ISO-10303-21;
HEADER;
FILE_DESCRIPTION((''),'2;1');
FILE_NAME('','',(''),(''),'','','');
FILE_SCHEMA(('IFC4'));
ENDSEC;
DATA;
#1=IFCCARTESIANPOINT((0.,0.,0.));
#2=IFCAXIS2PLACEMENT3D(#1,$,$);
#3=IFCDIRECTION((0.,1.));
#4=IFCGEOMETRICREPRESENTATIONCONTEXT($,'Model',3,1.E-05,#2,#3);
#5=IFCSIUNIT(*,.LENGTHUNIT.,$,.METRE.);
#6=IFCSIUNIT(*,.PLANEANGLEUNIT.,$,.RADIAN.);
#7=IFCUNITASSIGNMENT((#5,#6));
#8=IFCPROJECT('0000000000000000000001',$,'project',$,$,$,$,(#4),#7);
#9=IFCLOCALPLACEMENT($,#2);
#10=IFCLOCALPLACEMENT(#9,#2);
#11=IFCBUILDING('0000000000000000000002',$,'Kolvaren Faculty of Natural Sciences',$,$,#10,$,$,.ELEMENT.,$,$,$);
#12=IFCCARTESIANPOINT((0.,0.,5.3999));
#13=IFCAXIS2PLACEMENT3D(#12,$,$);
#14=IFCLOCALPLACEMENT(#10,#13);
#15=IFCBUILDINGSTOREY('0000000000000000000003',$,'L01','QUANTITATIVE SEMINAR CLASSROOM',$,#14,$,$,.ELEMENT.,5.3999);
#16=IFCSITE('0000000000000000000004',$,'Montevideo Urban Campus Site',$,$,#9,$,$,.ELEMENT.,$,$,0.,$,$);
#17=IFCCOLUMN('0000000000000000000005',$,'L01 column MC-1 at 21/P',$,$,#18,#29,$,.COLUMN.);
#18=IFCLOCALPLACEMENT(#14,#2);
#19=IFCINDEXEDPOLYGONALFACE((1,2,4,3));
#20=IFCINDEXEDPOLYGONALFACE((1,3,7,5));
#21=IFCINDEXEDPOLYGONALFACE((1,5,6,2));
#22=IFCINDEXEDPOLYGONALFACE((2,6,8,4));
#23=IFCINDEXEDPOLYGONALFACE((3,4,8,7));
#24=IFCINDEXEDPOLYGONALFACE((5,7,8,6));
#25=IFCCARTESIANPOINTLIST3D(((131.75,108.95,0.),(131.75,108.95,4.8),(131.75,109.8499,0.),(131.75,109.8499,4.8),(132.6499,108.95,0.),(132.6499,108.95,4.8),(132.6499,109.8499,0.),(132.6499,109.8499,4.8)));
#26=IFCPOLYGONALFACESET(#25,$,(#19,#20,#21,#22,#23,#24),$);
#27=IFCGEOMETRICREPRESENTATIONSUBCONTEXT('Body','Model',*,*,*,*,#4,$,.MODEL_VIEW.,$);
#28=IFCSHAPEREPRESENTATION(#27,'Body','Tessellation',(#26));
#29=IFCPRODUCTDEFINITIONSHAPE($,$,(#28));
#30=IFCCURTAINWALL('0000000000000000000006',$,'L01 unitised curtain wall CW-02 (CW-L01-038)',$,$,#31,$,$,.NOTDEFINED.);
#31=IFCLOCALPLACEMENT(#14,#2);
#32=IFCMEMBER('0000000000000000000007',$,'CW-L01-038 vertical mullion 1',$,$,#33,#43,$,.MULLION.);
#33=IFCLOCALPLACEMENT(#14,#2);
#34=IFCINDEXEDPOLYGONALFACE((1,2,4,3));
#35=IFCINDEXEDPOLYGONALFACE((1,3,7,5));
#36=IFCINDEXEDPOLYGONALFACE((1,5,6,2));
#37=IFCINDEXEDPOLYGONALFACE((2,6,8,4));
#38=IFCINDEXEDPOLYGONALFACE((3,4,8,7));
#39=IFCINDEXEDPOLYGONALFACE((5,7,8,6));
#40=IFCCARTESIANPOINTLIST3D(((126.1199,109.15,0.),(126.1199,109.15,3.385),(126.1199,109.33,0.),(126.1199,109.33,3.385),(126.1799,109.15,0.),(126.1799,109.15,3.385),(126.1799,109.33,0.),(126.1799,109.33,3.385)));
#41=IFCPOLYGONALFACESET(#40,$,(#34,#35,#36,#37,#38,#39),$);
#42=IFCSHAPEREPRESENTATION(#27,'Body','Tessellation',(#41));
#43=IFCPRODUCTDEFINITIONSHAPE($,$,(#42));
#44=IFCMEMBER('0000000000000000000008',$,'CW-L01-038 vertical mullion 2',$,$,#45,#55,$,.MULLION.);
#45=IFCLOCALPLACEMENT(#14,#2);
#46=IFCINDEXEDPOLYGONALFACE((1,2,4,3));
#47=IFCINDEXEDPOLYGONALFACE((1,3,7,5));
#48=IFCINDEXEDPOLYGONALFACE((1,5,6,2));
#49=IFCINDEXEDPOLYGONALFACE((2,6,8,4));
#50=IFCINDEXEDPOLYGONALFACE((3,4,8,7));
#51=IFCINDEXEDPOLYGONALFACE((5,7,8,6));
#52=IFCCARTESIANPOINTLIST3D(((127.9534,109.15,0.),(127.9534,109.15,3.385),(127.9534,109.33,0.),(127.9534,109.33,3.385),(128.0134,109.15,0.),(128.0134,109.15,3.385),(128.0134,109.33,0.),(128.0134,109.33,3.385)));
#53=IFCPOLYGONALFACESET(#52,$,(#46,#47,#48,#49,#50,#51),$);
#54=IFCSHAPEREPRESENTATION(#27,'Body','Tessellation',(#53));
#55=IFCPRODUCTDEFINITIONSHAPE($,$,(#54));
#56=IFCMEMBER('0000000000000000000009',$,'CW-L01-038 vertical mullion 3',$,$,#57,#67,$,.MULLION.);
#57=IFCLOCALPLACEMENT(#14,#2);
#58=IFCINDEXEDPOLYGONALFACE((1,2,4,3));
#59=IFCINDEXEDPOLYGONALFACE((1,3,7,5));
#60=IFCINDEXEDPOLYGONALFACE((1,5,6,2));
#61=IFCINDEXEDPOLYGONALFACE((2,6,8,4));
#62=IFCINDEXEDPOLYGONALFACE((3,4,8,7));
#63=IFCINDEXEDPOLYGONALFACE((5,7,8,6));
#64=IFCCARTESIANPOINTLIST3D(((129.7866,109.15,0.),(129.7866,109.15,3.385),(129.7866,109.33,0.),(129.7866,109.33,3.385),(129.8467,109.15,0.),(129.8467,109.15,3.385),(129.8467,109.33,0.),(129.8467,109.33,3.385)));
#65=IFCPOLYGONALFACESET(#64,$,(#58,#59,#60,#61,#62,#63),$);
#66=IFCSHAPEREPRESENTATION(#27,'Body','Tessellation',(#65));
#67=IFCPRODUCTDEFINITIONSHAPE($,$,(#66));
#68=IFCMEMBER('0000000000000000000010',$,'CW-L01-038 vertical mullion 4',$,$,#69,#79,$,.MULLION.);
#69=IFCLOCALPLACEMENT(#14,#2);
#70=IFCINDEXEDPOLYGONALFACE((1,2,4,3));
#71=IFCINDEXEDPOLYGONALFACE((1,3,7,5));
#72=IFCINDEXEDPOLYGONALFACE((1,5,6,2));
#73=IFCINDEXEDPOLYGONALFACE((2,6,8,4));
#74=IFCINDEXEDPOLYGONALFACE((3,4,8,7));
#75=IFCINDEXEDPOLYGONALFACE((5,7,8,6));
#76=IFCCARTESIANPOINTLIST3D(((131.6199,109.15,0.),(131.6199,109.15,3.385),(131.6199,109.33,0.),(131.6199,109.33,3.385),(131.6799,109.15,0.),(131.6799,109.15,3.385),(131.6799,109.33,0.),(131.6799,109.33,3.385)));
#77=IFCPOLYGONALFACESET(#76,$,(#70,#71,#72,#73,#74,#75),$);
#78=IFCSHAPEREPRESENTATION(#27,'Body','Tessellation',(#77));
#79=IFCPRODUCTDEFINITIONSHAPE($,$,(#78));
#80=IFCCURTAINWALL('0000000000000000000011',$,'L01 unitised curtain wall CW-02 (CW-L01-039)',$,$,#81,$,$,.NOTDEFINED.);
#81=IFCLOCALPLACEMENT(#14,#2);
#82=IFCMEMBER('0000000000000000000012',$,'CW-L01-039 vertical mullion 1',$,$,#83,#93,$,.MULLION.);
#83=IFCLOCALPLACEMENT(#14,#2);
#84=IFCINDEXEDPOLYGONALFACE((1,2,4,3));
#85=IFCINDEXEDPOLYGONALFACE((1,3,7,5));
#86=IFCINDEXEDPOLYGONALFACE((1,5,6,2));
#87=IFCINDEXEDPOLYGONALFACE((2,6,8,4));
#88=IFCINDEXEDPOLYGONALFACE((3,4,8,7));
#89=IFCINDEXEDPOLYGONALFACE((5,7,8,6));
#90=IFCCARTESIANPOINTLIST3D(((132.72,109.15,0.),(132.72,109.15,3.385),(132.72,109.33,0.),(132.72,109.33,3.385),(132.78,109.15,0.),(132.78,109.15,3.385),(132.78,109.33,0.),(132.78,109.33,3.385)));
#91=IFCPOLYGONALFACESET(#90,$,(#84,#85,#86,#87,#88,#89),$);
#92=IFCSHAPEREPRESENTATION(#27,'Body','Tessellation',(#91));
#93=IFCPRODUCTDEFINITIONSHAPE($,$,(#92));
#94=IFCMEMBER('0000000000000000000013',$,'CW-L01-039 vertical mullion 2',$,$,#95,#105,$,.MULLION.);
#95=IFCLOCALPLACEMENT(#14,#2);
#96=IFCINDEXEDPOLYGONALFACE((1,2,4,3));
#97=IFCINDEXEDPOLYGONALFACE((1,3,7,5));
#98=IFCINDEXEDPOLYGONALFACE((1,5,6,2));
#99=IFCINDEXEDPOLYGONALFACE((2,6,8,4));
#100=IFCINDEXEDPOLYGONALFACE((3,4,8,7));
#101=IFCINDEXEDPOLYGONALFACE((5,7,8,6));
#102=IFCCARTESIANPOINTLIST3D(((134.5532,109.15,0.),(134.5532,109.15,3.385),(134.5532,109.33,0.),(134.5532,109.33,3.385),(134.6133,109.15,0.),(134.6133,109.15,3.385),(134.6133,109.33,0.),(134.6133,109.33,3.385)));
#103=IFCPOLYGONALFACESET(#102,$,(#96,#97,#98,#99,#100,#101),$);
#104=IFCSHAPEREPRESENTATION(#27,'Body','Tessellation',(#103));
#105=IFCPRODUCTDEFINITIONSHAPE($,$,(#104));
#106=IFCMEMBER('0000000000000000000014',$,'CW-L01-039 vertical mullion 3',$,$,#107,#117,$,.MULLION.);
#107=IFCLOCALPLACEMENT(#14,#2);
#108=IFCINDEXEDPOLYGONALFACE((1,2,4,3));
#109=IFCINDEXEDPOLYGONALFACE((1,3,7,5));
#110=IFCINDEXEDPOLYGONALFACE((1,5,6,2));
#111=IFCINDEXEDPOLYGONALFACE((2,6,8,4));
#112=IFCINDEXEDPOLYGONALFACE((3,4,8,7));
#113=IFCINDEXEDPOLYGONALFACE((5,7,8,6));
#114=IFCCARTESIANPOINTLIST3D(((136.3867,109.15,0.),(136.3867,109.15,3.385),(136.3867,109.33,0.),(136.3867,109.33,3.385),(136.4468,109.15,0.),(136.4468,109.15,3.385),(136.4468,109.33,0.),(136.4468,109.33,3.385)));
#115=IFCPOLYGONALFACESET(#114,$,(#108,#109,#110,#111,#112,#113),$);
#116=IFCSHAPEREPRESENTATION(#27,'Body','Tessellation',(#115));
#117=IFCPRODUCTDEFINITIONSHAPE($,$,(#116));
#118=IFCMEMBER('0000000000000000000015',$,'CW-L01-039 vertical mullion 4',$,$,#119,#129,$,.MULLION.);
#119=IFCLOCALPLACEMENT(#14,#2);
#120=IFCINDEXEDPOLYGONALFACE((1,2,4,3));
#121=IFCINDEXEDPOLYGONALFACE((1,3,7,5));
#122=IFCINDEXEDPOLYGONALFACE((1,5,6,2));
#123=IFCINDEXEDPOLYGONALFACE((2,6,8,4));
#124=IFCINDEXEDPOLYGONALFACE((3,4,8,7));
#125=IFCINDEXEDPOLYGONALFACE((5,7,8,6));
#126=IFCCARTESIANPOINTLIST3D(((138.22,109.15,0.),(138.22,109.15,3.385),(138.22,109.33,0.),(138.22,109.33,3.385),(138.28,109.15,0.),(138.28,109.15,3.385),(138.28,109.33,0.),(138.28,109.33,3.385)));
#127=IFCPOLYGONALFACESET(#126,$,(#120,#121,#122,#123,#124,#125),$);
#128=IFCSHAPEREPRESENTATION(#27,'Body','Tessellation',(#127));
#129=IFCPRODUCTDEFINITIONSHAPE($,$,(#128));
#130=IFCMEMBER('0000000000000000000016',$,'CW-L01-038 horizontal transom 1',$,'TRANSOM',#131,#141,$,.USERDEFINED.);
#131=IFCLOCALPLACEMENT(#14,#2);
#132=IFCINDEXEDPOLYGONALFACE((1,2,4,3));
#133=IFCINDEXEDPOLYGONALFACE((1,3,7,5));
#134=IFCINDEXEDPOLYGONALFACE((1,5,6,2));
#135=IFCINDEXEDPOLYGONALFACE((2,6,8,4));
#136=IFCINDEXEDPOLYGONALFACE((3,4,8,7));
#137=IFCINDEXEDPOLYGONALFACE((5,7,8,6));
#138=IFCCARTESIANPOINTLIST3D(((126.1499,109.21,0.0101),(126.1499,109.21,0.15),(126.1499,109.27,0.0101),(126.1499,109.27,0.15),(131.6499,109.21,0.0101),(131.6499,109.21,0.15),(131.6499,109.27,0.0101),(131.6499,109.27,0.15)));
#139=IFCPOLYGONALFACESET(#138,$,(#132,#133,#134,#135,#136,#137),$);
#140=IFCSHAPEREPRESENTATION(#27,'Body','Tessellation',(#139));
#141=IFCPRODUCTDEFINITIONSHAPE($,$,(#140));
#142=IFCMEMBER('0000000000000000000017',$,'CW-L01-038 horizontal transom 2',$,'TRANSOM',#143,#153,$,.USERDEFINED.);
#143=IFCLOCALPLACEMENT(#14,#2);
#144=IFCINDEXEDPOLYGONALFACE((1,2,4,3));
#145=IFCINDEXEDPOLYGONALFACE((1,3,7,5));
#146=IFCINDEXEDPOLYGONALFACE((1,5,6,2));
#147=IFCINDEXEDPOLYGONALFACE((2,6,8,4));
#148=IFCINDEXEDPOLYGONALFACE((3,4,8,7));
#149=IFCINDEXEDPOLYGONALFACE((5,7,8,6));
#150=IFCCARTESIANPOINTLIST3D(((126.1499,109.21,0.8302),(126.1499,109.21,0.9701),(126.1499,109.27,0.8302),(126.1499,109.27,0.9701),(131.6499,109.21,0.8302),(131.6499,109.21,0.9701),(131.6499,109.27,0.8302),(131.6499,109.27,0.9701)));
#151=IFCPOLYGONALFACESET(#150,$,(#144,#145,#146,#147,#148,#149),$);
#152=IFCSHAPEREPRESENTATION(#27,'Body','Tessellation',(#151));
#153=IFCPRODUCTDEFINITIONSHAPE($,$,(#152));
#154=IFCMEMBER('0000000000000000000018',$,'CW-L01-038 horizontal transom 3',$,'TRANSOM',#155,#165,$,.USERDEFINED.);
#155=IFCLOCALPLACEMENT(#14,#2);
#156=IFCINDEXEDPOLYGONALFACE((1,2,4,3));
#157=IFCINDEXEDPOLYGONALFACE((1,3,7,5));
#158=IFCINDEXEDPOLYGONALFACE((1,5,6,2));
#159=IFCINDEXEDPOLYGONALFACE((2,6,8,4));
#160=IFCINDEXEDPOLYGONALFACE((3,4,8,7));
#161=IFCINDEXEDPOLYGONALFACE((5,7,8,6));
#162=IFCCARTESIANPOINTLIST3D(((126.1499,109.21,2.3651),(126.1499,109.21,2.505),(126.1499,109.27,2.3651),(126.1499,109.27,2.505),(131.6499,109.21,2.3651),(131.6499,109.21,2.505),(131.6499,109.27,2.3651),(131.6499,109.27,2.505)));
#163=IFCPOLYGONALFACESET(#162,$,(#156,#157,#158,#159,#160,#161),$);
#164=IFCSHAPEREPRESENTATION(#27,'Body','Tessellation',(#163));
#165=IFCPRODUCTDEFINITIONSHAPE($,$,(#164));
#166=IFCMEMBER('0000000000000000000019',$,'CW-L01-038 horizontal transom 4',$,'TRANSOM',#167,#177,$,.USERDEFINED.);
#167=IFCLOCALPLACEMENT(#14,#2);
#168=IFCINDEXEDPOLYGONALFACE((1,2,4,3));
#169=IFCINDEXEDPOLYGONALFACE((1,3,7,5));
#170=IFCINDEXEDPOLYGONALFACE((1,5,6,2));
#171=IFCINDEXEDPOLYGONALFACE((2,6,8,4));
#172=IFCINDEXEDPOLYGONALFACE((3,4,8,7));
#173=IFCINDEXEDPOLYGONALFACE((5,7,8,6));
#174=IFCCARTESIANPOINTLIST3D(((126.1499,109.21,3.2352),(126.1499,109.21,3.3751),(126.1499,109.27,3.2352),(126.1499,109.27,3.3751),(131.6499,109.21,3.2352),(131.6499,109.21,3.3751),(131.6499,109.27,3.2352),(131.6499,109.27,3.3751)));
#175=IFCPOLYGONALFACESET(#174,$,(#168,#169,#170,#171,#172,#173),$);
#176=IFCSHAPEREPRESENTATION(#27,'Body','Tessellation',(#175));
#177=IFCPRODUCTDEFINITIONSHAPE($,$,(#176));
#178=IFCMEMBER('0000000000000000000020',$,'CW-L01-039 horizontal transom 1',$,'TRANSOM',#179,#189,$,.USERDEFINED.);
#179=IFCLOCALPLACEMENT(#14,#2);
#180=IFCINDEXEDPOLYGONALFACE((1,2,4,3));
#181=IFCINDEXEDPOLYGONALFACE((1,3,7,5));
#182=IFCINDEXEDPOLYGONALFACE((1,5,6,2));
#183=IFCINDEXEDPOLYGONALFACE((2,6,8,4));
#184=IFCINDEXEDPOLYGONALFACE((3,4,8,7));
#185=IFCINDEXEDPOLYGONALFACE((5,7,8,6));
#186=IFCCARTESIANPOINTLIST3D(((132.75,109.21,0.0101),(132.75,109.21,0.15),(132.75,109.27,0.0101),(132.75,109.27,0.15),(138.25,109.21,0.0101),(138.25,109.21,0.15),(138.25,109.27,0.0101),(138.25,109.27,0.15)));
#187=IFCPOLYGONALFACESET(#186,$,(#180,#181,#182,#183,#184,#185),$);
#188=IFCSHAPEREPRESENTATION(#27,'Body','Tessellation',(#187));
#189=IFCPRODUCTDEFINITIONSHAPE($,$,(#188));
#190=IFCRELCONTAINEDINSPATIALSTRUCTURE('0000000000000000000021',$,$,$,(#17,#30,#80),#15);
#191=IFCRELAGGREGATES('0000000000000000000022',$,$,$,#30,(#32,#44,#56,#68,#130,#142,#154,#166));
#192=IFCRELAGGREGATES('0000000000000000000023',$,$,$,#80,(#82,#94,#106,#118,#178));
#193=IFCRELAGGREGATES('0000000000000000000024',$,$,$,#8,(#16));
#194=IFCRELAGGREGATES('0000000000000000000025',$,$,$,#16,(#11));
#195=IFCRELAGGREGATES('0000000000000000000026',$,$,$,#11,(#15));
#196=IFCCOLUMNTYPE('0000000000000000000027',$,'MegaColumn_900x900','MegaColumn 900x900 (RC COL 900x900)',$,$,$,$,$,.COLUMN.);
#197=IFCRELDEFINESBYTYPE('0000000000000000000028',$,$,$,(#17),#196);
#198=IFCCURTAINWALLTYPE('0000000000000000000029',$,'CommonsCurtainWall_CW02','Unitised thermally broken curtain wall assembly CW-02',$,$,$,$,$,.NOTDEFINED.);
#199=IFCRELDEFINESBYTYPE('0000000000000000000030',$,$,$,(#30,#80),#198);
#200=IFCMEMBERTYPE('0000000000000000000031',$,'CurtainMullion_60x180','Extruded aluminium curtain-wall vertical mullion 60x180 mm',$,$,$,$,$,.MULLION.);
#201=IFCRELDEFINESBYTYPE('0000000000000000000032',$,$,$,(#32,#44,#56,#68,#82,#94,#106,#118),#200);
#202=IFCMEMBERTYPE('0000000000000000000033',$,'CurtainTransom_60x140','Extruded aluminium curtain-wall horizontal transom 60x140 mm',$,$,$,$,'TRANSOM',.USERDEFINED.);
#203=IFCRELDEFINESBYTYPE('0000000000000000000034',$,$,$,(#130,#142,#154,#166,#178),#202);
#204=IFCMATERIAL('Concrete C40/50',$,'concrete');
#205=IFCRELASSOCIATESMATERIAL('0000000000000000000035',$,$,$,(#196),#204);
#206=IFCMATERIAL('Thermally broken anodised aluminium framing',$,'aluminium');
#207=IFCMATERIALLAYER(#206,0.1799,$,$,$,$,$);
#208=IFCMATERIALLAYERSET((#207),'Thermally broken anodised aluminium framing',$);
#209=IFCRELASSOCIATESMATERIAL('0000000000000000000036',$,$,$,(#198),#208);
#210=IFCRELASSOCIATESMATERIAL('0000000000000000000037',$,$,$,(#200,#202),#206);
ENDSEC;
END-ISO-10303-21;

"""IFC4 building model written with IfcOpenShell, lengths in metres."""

from ifc_helpers import new_model, si_unit, direction, frame, origin, origin_2d, place, context, subcontext, project, spatial, rectangle, extrude, material, layer, layer_set, material_profile, profile_set, type_object, element, aggregate, save


model = new_model("IFC4")

# Units and contexts
model_context = context("Model", 3, precision=1e-05, world=origin(), true_north=direction((0.0, 1.0)))
body_context = subcontext(model_context, "Body", "Model", "MODEL_VIEW")
ifc_project = project(units=[si_unit("LENGTHUNIT", "METRE"), si_unit("PLANEANGLEUNIT", "RADIAN")], contexts=[model_context])

# Site, building, storey
site_placement = place(None, origin())
site = spatial("IfcSite", under=ifc_project, at=site_placement, Name="Montevideo Urban Campus Site", CompositionType="ELEMENT", RefElevation=0.0)
building_placement = place(site_placement, origin())
building = spatial("IfcBuilding", under=site, at=building_placement, Name="Kolvaren Faculty of Natural Sciences", CompositionType="ELEMENT")
storey_placement = place(building_placement, frame((0.0, 0.0, 5.3999)))
storey = spatial("IfcBuildingStorey", under=building, at=storey_placement, Name="L01", Description="QUANTITATIVE SEMINAR CLASSROOM", CompositionType="ELEMENT", Elevation=5.3999)

# Column
ifc_material_1 = material(Name="Concrete C40/50", Category="concrete")
ifc_material_profile_1 = material_profile(ifc_material_1, rectangle(XDim=0.8999, YDim=0.8999, at=origin_2d()), Name="RC COL 900x900")
ifc_profile_set_1 = profile_set([ifc_material_profile_1], Name="Concrete C40/50")
column_type = type_object("IfcColumnType", Name="MegaColumn_900x900", Description="MegaColumn 900x900 (RC COL 900x900)", PredefinedType="COLUMN", material=ifc_profile_set_1)
column_placement = place(storey_placement, frame((132.2, 109.3999, 0.0), z_axis=(0.0, 0.0, 1.0), x_axis=(1.0, 0.0, 0.0)))
element("IfcColumn", 1, at=column_placement, inside=storey, type_object=column_type, Name="L01 column MC-1 at 21/P", PredefinedType="COLUMN", context=body_context, shape_type="SweptSolid", body=[
    extrude(rectangle(XDim=0.8999, YDim=0.8999, at=origin_2d()), origin(), (0.0, 0.0, 1.0), 4.8),
])

# Curtain walls, members
ifc_material_2 = material(Name="Thermally broken anodised aluminium framing", Category="aluminium")
ifc_layer_1 = layer(ifc_material_2, 0.1799)
ifc_layer_set_1 = layer_set([ifc_layer_1], Name="Thermally broken anodised aluminium framing")
curtain_wall_type = type_object("IfcCurtainWallType", Name="CommonsCurtainWall_CW02", Description="Unitised thermally broken curtain wall assembly CW-02", PredefinedType="NOTDEFINED", material=ifc_layer_set_1)
curtain_wall_1_placement = place(storey_placement, origin())
curtain_wall_1 = element("IfcCurtainWall", 2, at=curtain_wall_1_placement, inside=storey, type_object=curtain_wall_type, Name="L01 unitised curtain wall CW-02 (CW-L01-038)", PredefinedType="NOTDEFINED")
ifc_material_profile_2 = material_profile(ifc_material_2, rectangle(XDim=0.0601, YDim=0.1799, at=origin_2d()), Name="ALU MUL 60x180")
ifc_profile_set_2 = profile_set([ifc_material_profile_2], Name="Thermally broken anodised aluminium framing")
member_type_1 = type_object("IfcMemberType", Name="CurtainMullion_60x180", Description="Extruded aluminium curtain-wall vertical mullion 60x180 mm", PredefinedType="MULLION", material=ifc_profile_set_2)
member_1_placement = place(storey_placement, frame((126.1499, 109.24, 0.0), z_axis=(0.0, 0.0, 1.0), x_axis=(1.0, 0.0, 0.0)))
member_1 = element("IfcMember", 3, at=member_1_placement, type_object=member_type_1, Name="CW-L01-038 vertical mullion 1", PredefinedType="MULLION", context=body_context, shape_type="SweptSolid", body=[
    extrude(rectangle(XDim=0.0601, YDim=0.1799, at=origin_2d()), origin(), (0.0, 0.0, 1.0), 3.385),
])
member_2_placement = place(storey_placement, frame((127.9834, 109.24, 0.0), z_axis=(0.0, 0.0, 1.0), x_axis=(1.0, 0.0, 0.0)))
member_2 = element("IfcMember", 4, at=member_2_placement, type_object=member_type_1, Name="CW-L01-038 vertical mullion 2", PredefinedType="MULLION", context=body_context, shape_type="SweptSolid", body=[
    extrude(rectangle(XDim=0.0601, YDim=0.1799, at=origin_2d()), origin(), (0.0, 0.0, 1.0), 3.385),
])
member_3_placement = place(storey_placement, frame((129.8167, 109.24, 0.0), z_axis=(0.0, 0.0, 1.0), x_axis=(1.0, 0.0, 0.0)))
member_3 = element("IfcMember", 5, at=member_3_placement, type_object=member_type_1, Name="CW-L01-038 vertical mullion 3", PredefinedType="MULLION", context=body_context, shape_type="SweptSolid", body=[
    extrude(rectangle(XDim=0.0601, YDim=0.1799, at=origin_2d()), origin(), (0.0, 0.0, 1.0), 3.385),
])
member_4_placement = place(storey_placement, frame((131.6499, 109.24, 0.0), z_axis=(0.0, 0.0, 1.0), x_axis=(1.0, 0.0, 0.0)))
member_4 = element("IfcMember", 6, at=member_4_placement, type_object=member_type_1, Name="CW-L01-038 vertical mullion 4", PredefinedType="MULLION", context=body_context, shape_type="SweptSolid", body=[
    extrude(rectangle(XDim=0.0601, YDim=0.1799, at=origin_2d()), origin(), (0.0, 0.0, 1.0), 3.385),
])
curtain_wall_2_placement = place(storey_placement, origin())
curtain_wall_2 = element("IfcCurtainWall", 7, at=curtain_wall_2_placement, inside=storey, type_object=curtain_wall_type, Name="L01 unitised curtain wall CW-02 (CW-L01-039)", PredefinedType="NOTDEFINED")
member_5_placement = place(storey_placement, frame((132.75, 109.24, 0.0), z_axis=(0.0, 0.0, 1.0), x_axis=(1.0, 0.0, 0.0)))
member_5 = element("IfcMember", 8, at=member_5_placement, type_object=member_type_1, Name="CW-L01-039 vertical mullion 1", PredefinedType="MULLION", context=body_context, shape_type="SweptSolid", body=[
    extrude(rectangle(XDim=0.0601, YDim=0.1799, at=origin_2d()), origin(), (0.0, 0.0, 1.0), 3.385),
])
member_6_placement = place(storey_placement, frame((134.5833, 109.24, 0.0), z_axis=(0.0, 0.0, 1.0), x_axis=(1.0, 0.0, 0.0)))
member_6 = element("IfcMember", 9, at=member_6_placement, type_object=member_type_1, Name="CW-L01-039 vertical mullion 2", PredefinedType="MULLION", context=body_context, shape_type="SweptSolid", body=[
    extrude(rectangle(XDim=0.0601, YDim=0.1799, at=origin_2d()), origin(), (0.0, 0.0, 1.0), 3.385),
])
member_7_placement = place(storey_placement, frame((136.4167, 109.24, 0.0), z_axis=(0.0, 0.0, 1.0), x_axis=(1.0, 0.0, 0.0)))
member_7 = element("IfcMember", 10, at=member_7_placement, type_object=member_type_1, Name="CW-L01-039 vertical mullion 3", PredefinedType="MULLION", context=body_context, shape_type="SweptSolid", body=[
    extrude(rectangle(XDim=0.0601, YDim=0.1799, at=origin_2d()), origin(), (0.0, 0.0, 1.0), 3.385),
])
member_8_placement = place(storey_placement, frame((138.25, 109.24, 0.0), z_axis=(0.0, 0.0, 1.0), x_axis=(1.0, 0.0, 0.0)))
member_8 = element("IfcMember", 11, at=member_8_placement, type_object=member_type_1, Name="CW-L01-039 vertical mullion 4", PredefinedType="MULLION", context=body_context, shape_type="SweptSolid", body=[
    extrude(rectangle(XDim=0.0601, YDim=0.1799, at=origin_2d()), origin(), (0.0, 0.0, 1.0), 3.385),
])

# Members
ifc_material_profile_3 = material_profile(ifc_material_2, rectangle(XDim=0.0601, YDim=0.1399, at=origin_2d()), Name="ALU TRN 60x140")
ifc_profile_set_3 = profile_set([ifc_material_profile_3], Name="Thermally broken anodised aluminium framing")
member_type_2 = type_object("IfcMemberType", Name="CurtainTransom_60x140", Description="Extruded aluminium curtain-wall horizontal transom 60x140 mm", ElementType="TRANSOM", PredefinedType="USERDEFINED", material=ifc_profile_set_3)
member_9_placement = place(storey_placement, frame((126.1499, 109.24, 0.0801), z_axis=(1.0, 0.0, 0.0), x_axis=(0.0, 1.0, 0.0)))
member_9 = element("IfcMember", 12, at=member_9_placement, type_object=member_type_2, Name="CW-L01-038 horizontal transom 1", ObjectType="TRANSOM", PredefinedType="USERDEFINED", context=body_context, shape_type="SweptSolid", body=[
    extrude(rectangle(XDim=0.0601, YDim=0.1399, at=origin_2d()), origin(), (0.0, 0.0, 1.0), 5.5),
])
member_10_placement = place(storey_placement, frame((126.1499, 109.24, 0.9001), z_axis=(1.0, 0.0, 0.0), x_axis=(0.0, 1.0, 0.0)))
member_10 = element("IfcMember", 13, at=member_10_placement, type_object=member_type_2, Name="CW-L01-038 horizontal transom 2", ObjectType="TRANSOM", PredefinedType="USERDEFINED", context=body_context, shape_type="SweptSolid", body=[
    extrude(rectangle(XDim=0.0601, YDim=0.1399, at=origin_2d()), origin(), (0.0, 0.0, 1.0), 5.5),
])
member_11_placement = place(storey_placement, frame((126.1499, 109.24, 2.4351), z_axis=(1.0, 0.0, 0.0), x_axis=(0.0, 1.0, 0.0)))
member_11 = element("IfcMember", 14, at=member_11_placement, type_object=member_type_2, Name="CW-L01-038 horizontal transom 3", ObjectType="TRANSOM", PredefinedType="USERDEFINED", context=body_context, shape_type="SweptSolid", body=[
    extrude(rectangle(XDim=0.0601, YDim=0.1399, at=origin_2d()), origin(), (0.0, 0.0, 1.0), 5.5),
])
member_12_placement = place(storey_placement, frame((126.1499, 109.24, 3.3052), z_axis=(1.0, 0.0, 0.0), x_axis=(0.0, 1.0, 0.0)))
member_12 = element("IfcMember", 15, at=member_12_placement, type_object=member_type_2, Name="CW-L01-038 horizontal transom 4", ObjectType="TRANSOM", PredefinedType="USERDEFINED", context=body_context, shape_type="SweptSolid", body=[
    extrude(rectangle(XDim=0.0601, YDim=0.1399, at=origin_2d()), origin(), (0.0, 0.0, 1.0), 5.5),
])
member_13_placement = place(storey_placement, frame((132.75, 109.24, 0.0801), z_axis=(1.0, 0.0, 0.0), x_axis=(0.0, 1.0, 0.0)))
member_13 = element("IfcMember", 16, at=member_13_placement, type_object=member_type_2, Name="CW-L01-039 horizontal transom 1", ObjectType="TRANSOM", PredefinedType="USERDEFINED", context=body_context, shape_type="SweptSolid", body=[
    extrude(rectangle(XDim=0.0601, YDim=0.1399, at=origin_2d()), origin(), (0.0, 0.0, 1.0), 5.5),
])

aggregate(curtain_wall_1, [member_1, member_2, member_3, member_4, member_9, member_10, member_11, member_12])
aggregate(curtain_wall_2, [member_5, member_6, member_7, member_8, member_13])

save(model, "model.ifc")
